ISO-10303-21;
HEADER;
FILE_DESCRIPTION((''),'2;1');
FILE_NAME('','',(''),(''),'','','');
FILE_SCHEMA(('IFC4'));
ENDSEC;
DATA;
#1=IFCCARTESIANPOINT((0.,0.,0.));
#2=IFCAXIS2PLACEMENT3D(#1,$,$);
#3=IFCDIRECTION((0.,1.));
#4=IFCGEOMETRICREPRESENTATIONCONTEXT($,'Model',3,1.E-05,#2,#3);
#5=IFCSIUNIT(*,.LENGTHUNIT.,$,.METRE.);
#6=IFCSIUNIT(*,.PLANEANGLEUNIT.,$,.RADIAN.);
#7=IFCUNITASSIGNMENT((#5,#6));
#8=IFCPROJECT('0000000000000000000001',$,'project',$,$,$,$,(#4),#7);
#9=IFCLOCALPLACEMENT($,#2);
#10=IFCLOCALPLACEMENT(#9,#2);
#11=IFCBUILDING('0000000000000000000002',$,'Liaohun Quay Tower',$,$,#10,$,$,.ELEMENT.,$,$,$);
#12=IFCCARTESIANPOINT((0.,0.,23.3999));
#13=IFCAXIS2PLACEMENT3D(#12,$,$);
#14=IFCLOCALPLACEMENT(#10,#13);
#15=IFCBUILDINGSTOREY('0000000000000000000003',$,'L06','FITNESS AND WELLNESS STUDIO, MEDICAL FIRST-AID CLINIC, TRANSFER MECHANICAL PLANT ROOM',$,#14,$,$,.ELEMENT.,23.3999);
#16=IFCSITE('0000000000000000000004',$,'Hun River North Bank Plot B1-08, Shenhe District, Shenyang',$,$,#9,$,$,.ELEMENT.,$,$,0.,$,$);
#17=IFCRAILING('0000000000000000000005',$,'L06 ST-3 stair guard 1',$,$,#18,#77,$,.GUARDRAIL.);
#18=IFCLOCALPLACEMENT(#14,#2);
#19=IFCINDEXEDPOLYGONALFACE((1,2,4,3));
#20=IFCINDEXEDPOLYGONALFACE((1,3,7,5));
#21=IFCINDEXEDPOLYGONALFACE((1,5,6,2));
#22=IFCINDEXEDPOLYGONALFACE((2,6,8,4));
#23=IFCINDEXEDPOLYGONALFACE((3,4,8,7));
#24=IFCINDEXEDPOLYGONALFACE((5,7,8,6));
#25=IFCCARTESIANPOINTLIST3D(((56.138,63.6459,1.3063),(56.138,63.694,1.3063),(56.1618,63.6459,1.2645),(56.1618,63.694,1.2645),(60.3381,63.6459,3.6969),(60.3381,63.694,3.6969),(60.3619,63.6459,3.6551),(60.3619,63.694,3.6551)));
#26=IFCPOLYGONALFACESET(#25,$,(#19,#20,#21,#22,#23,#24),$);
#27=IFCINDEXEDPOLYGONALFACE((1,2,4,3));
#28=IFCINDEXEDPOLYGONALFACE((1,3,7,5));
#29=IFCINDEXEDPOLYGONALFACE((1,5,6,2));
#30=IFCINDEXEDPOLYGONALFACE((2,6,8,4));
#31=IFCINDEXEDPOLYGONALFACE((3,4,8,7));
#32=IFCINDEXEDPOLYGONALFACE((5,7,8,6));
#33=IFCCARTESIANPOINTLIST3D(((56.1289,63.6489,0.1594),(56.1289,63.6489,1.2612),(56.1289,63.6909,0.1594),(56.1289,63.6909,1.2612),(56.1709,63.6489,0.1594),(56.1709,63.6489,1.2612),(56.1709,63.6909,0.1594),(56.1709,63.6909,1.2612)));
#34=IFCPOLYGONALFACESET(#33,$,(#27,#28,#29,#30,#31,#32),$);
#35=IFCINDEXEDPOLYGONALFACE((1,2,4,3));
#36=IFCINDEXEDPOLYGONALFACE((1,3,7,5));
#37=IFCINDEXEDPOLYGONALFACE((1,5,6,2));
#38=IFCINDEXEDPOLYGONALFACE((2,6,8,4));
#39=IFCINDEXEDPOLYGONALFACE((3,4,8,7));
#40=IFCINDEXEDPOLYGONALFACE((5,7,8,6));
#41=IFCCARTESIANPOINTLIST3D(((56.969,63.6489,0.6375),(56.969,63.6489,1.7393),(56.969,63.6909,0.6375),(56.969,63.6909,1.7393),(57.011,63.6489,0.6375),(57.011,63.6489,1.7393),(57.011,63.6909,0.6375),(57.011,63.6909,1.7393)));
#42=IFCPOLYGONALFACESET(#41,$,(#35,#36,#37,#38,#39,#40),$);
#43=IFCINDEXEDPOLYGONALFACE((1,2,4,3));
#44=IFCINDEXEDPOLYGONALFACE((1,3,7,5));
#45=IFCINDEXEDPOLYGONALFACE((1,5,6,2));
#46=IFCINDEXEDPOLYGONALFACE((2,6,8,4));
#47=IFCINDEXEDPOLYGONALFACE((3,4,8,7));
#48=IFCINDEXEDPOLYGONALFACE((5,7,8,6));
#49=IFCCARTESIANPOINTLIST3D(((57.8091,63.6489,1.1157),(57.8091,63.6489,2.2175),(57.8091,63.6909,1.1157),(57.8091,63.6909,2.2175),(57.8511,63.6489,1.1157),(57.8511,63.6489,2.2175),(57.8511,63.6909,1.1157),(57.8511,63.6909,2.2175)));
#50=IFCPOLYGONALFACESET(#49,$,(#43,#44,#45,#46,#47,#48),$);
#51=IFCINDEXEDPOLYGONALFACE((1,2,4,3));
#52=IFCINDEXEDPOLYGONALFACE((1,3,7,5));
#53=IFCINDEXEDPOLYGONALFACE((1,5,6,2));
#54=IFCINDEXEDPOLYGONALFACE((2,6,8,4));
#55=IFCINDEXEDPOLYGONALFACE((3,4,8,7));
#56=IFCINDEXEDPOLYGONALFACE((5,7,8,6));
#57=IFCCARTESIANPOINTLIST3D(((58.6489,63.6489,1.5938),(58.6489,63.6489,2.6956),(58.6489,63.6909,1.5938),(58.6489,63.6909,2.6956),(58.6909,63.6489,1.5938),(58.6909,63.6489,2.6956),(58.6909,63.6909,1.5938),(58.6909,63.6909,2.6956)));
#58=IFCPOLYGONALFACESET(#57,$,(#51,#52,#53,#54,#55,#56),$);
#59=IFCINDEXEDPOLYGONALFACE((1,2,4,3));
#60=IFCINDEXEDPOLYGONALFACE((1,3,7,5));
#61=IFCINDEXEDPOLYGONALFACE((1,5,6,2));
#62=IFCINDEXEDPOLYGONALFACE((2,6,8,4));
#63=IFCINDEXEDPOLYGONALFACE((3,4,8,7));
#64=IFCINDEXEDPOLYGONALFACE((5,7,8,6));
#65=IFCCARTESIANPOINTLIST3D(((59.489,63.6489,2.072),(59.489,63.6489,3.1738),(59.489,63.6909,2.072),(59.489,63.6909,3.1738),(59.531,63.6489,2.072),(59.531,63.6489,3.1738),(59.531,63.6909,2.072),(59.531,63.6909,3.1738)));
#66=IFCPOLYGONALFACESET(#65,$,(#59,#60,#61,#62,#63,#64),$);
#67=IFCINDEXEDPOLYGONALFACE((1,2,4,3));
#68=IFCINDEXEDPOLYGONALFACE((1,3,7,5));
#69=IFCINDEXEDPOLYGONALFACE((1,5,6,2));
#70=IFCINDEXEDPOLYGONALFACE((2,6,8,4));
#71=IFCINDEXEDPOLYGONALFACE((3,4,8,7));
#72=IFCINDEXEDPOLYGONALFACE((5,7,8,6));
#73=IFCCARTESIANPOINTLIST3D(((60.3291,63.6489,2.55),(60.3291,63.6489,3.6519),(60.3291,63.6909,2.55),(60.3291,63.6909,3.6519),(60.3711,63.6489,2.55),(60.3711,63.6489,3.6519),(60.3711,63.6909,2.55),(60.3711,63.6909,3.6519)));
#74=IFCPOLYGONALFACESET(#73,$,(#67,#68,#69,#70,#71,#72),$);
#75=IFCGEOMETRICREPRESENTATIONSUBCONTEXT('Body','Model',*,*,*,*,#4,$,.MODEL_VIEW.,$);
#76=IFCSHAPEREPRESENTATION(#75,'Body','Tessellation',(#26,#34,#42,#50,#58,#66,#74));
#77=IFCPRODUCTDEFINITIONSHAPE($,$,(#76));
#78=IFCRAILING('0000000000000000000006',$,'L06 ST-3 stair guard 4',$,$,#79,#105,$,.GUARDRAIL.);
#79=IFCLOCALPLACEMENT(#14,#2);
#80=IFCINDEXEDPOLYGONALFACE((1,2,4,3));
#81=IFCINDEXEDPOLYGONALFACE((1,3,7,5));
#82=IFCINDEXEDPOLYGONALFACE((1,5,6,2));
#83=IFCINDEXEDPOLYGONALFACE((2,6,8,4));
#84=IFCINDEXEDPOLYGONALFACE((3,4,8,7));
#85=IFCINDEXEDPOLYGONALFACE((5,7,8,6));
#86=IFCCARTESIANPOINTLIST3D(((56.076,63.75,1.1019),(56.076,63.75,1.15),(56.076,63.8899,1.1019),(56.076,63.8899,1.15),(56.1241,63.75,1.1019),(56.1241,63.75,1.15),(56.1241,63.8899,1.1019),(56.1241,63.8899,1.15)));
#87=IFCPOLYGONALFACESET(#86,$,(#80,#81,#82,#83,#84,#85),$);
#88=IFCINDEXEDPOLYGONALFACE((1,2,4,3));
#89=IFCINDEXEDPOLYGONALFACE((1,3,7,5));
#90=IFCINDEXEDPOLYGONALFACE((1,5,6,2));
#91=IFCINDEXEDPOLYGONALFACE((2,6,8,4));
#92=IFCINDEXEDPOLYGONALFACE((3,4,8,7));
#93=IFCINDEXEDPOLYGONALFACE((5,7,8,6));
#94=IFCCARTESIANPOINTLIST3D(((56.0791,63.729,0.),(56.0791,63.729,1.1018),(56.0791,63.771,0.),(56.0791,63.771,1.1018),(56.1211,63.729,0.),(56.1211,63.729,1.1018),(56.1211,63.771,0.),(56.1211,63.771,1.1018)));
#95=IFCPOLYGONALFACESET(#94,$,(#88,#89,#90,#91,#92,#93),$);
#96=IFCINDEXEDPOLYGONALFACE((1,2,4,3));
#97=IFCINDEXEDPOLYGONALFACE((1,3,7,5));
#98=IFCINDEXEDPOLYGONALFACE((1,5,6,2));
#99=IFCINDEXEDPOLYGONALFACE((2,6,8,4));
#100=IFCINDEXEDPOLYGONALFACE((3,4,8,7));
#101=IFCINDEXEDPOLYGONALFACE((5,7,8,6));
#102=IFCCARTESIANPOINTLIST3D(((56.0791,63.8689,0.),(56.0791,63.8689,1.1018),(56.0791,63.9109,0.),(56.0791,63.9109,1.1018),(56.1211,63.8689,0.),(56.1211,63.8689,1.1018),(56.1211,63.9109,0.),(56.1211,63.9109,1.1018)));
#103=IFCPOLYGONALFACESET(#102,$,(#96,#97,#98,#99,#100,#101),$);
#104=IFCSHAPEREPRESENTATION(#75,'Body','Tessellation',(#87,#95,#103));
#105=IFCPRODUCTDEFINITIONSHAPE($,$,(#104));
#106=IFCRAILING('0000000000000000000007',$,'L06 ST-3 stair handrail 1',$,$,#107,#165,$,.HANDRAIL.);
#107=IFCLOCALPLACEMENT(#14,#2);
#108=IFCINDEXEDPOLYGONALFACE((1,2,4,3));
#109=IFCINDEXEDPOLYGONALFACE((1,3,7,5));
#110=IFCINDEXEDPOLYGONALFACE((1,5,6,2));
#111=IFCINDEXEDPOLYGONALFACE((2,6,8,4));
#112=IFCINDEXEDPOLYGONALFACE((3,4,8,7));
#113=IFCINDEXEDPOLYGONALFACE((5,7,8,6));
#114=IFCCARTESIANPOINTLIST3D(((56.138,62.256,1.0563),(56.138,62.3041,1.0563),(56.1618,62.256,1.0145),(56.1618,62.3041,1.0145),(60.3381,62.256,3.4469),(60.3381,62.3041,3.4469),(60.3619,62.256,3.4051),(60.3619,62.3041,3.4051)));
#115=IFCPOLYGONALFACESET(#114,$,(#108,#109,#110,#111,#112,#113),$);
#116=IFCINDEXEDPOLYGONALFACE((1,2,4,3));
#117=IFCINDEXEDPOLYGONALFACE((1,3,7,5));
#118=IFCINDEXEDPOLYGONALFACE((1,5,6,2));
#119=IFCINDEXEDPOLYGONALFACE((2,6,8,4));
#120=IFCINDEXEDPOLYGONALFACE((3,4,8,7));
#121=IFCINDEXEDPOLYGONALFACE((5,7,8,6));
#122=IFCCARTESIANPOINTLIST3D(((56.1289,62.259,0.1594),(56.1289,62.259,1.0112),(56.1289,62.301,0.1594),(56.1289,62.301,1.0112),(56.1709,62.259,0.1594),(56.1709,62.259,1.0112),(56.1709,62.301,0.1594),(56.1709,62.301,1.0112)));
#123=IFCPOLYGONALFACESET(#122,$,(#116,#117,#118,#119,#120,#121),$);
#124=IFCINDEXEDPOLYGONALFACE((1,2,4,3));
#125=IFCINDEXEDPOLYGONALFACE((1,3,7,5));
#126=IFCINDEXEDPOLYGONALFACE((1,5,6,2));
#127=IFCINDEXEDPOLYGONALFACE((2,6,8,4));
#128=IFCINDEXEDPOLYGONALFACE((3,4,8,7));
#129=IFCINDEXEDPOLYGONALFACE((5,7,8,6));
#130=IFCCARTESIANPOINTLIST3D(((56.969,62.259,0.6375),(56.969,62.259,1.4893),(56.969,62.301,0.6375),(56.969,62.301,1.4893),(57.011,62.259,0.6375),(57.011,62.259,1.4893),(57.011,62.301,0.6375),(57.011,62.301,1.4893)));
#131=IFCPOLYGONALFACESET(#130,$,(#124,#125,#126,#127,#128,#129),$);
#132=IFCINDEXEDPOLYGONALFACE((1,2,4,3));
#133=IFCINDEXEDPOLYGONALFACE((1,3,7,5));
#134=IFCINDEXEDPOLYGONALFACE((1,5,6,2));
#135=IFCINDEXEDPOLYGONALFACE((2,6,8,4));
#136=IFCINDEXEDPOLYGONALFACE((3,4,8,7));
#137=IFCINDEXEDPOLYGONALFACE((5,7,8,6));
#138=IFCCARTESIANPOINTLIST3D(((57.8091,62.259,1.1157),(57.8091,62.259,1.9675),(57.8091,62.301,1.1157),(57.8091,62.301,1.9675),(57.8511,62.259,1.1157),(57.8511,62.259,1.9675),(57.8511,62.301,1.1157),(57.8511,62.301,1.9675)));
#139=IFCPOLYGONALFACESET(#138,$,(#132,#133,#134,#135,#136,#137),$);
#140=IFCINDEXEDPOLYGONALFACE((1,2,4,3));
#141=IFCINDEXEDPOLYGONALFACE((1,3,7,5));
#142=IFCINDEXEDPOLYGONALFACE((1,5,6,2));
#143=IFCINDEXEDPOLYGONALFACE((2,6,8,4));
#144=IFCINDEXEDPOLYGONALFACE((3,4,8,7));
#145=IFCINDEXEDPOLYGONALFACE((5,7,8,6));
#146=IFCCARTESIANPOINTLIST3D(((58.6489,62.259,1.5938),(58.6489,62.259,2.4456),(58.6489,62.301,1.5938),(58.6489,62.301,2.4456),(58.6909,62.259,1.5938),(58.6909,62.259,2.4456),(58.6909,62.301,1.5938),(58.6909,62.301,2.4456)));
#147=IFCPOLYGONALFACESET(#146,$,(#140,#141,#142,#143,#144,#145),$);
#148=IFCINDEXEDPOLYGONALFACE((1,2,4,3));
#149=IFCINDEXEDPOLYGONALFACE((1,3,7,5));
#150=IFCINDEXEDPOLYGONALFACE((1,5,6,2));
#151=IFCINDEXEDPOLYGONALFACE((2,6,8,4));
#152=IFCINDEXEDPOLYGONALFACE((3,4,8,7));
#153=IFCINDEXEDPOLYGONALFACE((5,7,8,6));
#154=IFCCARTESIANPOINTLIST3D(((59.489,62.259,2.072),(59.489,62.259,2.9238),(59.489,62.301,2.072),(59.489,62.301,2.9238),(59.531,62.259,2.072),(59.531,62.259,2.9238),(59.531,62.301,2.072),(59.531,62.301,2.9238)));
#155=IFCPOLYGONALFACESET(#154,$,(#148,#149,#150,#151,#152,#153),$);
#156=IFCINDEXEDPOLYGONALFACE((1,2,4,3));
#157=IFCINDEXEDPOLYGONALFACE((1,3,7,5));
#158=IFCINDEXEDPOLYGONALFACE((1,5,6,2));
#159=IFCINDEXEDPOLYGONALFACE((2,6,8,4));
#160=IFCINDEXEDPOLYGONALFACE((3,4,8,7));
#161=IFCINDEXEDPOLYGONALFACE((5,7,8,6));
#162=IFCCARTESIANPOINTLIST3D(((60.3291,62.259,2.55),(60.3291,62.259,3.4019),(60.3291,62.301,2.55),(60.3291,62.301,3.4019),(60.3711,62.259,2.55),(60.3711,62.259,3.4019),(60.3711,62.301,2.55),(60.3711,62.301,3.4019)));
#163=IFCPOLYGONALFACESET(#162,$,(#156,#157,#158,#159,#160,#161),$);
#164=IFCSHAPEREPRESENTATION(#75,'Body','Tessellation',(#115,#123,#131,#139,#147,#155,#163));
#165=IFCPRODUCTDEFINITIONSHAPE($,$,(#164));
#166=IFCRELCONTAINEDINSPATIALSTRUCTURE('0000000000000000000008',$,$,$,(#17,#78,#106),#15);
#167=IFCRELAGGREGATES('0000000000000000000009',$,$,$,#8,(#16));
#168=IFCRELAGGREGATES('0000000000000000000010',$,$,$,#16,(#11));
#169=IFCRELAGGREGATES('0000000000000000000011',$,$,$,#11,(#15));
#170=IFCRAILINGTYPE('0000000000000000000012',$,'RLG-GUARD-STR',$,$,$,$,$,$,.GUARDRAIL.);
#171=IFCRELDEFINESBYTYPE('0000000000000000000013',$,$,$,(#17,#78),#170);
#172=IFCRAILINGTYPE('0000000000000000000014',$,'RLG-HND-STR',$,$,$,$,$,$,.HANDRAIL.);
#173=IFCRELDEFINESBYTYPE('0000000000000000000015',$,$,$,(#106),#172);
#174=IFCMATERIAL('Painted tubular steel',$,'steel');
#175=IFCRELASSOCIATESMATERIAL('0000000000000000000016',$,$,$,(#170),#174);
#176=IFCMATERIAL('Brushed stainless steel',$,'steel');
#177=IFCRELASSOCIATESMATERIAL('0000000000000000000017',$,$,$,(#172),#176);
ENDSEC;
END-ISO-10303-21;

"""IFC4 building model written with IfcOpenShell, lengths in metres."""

from ifc_helpers import new_model, si_unit, direction, frame, origin, origin_2d, place, context, subcontext, project, spatial, rectangle, extrude, material, type_object, element, save


model = new_model("IFC4")

# Units and contexts
model_context = context("Model", 3, precision=1e-05, world=origin(), true_north=direction((0.0, 1.0)))
body_context = subcontext(model_context, "Body", "Model", "MODEL_VIEW")
ifc_project = project(units=[si_unit("LENGTHUNIT", "METRE"), si_unit("PLANEANGLEUNIT", "RADIAN")], contexts=[model_context])

# Site, building, storey
site_placement = place(None, origin())
site = spatial("IfcSite", under=ifc_project, at=site_placement, Name="Hun River North Bank Plot B1-08, Shenhe District, Shenyang", CompositionType="ELEMENT", RefElevation=0.0)
building_placement = place(site_placement, origin())
building = spatial("IfcBuilding", under=site, at=building_placement, Name="Liaohun Quay Tower", CompositionType="ELEMENT")
storey_placement = place(building_placement, frame((0.0, 0.0, 23.3999)))
storey = spatial("IfcBuildingStorey", under=building, at=storey_placement, Name="L06", Description="FITNESS AND WELLNESS STUDIO, MEDICAL FIRST-AID CLINIC, TRANSFER MECHANICAL PLANT ROOM", CompositionType="ELEMENT", Elevation=23.3999)

# Railings
ifc_material_1 = material(Name="Painted tubular steel", Category="steel")
railing_type_1 = type_object("IfcRailingType", Name="RLG-GUARD-STR", PredefinedType="GUARDRAIL", material=ifc_material_1)
railing_1_placement = place(storey_placement, frame((56.1499, 63.6699, 0.1594)))
element("IfcRailing", 1, at=railing_1_placement, inside=storey, type_object=railing_type_1, Name="L06 ST-3 stair guard 1", PredefinedType="GUARDRAIL", context=body_context, shape_type="SweptSolid", body=[
    extrude(rectangle(XDim=0.0481, YDim=0.0481, at=origin_2d()), frame((0.0, 0.0, 1.126), z_axis=(0.869087, 0.0, 0.494658), x_axis=(0.0, 1.0, 0.0)), (0.0, 0.0, 1.0), 4.8328),
    extrude(rectangle(XDim=0.042, YDim=0.042, at=origin_2d()), origin(), (0.0, 0.0, 1.0), 1.1018),
    extrude(rectangle(XDim=0.042, YDim=0.042, at=origin_2d()), frame((0.8401, 0.0, 0.478)), (0.0, 0.0, 1.0), 1.1018),
    extrude(rectangle(XDim=0.042, YDim=0.042, at=origin_2d()), frame((1.6802, 0.0, 0.9563)), (0.0, 0.0, 1.0), 1.1018),
    extrude(rectangle(XDim=0.042, YDim=0.042, at=origin_2d()), frame((2.52, 0.0, 1.4343)), (0.0, 0.0, 1.0), 1.1018),
    extrude(rectangle(XDim=0.042, YDim=0.042, at=origin_2d()), frame((3.3601, 0.0, 1.9126)), (0.0, 0.0, 1.0), 1.1018),
    extrude(rectangle(XDim=0.042, YDim=0.042, at=origin_2d()), frame((4.2002, 0.0, 2.3906)), (0.0, 0.0, 1.0), 1.1018),
])
railing_2_placement = place(storey_placement, frame((56.1001, 63.75, 0.0)))
element("IfcRailing", 2, at=railing_2_placement, inside=storey, type_object=railing_type_1, Name="L06 ST-3 stair guard 4", PredefinedType="GUARDRAIL", context=body_context, shape_type="SweptSolid", body=[
    extrude(rectangle(XDim=0.0481, YDim=0.0481, at=origin_2d()), frame((0.0, 0.0, 1.126), z_axis=(0.0, 1.0, 0.0), x_axis=(-1.0, 0.0, 0.0)), (0.0, 0.0, 1.0), 0.1399),
    extrude(rectangle(XDim=0.042, YDim=0.042, at=origin_2d()), origin(), (0.0, 0.0, 1.0), 1.1018),
    extrude(rectangle(XDim=0.042, YDim=0.042, at=origin_2d()), frame((0.0, 0.1399, 0.0)), (0.0, 0.0, 1.0), 1.1018),
])
ifc_material_2 = material(Name="Brushed stainless steel", Category="steel")
railing_type_2 = type_object("IfcRailingType", Name="RLG-HND-STR", PredefinedType="HANDRAIL", material=ifc_material_2)
railing_3_placement = place(storey_placement, frame((56.1499, 62.28, 0.1594)))
element("IfcRailing", 3, at=railing_3_placement, inside=storey, type_object=railing_type_2, Name="L06 ST-3 stair handrail 1", PredefinedType="HANDRAIL", context=body_context, shape_type="SweptSolid", body=[
    extrude(rectangle(XDim=0.0481, YDim=0.0481, at=origin_2d()), frame((0.0, 0.0, 0.876), z_axis=(0.869087, 0.0, 0.494658), x_axis=(0.0, 1.0, 0.0)), (0.0, 0.0, 1.0), 4.8328),
    extrude(rectangle(XDim=0.042, YDim=0.042, at=origin_2d()), origin(), (0.0, 0.0, 1.0), 0.8518),
    extrude(rectangle(XDim=0.042, YDim=0.042, at=origin_2d()), frame((0.8401, 0.0, 0.478)), (0.0, 0.0, 1.0), 0.8518),
    extrude(rectangle(XDim=0.042, YDim=0.042, at=origin_2d()), frame((1.6802, 0.0, 0.9563)), (0.0, 0.0, 1.0), 0.8518),
    extrude(rectangle(XDim=0.042, YDim=0.042, at=origin_2d()), frame((2.52, 0.0, 1.4343)), (0.0, 0.0, 1.0), 0.8518),
    extrude(rectangle(XDim=0.042, YDim=0.042, at=origin_2d()), frame((3.3601, 0.0, 1.9126)), (0.0, 0.0, 1.0), 0.8518),
    extrude(rectangle(XDim=0.042, YDim=0.042, at=origin_2d()), frame((4.2002, 0.0, 2.3906)), (0.0, 0.0, 1.0), 0.8518),
])

save(model, "model.ifc")
